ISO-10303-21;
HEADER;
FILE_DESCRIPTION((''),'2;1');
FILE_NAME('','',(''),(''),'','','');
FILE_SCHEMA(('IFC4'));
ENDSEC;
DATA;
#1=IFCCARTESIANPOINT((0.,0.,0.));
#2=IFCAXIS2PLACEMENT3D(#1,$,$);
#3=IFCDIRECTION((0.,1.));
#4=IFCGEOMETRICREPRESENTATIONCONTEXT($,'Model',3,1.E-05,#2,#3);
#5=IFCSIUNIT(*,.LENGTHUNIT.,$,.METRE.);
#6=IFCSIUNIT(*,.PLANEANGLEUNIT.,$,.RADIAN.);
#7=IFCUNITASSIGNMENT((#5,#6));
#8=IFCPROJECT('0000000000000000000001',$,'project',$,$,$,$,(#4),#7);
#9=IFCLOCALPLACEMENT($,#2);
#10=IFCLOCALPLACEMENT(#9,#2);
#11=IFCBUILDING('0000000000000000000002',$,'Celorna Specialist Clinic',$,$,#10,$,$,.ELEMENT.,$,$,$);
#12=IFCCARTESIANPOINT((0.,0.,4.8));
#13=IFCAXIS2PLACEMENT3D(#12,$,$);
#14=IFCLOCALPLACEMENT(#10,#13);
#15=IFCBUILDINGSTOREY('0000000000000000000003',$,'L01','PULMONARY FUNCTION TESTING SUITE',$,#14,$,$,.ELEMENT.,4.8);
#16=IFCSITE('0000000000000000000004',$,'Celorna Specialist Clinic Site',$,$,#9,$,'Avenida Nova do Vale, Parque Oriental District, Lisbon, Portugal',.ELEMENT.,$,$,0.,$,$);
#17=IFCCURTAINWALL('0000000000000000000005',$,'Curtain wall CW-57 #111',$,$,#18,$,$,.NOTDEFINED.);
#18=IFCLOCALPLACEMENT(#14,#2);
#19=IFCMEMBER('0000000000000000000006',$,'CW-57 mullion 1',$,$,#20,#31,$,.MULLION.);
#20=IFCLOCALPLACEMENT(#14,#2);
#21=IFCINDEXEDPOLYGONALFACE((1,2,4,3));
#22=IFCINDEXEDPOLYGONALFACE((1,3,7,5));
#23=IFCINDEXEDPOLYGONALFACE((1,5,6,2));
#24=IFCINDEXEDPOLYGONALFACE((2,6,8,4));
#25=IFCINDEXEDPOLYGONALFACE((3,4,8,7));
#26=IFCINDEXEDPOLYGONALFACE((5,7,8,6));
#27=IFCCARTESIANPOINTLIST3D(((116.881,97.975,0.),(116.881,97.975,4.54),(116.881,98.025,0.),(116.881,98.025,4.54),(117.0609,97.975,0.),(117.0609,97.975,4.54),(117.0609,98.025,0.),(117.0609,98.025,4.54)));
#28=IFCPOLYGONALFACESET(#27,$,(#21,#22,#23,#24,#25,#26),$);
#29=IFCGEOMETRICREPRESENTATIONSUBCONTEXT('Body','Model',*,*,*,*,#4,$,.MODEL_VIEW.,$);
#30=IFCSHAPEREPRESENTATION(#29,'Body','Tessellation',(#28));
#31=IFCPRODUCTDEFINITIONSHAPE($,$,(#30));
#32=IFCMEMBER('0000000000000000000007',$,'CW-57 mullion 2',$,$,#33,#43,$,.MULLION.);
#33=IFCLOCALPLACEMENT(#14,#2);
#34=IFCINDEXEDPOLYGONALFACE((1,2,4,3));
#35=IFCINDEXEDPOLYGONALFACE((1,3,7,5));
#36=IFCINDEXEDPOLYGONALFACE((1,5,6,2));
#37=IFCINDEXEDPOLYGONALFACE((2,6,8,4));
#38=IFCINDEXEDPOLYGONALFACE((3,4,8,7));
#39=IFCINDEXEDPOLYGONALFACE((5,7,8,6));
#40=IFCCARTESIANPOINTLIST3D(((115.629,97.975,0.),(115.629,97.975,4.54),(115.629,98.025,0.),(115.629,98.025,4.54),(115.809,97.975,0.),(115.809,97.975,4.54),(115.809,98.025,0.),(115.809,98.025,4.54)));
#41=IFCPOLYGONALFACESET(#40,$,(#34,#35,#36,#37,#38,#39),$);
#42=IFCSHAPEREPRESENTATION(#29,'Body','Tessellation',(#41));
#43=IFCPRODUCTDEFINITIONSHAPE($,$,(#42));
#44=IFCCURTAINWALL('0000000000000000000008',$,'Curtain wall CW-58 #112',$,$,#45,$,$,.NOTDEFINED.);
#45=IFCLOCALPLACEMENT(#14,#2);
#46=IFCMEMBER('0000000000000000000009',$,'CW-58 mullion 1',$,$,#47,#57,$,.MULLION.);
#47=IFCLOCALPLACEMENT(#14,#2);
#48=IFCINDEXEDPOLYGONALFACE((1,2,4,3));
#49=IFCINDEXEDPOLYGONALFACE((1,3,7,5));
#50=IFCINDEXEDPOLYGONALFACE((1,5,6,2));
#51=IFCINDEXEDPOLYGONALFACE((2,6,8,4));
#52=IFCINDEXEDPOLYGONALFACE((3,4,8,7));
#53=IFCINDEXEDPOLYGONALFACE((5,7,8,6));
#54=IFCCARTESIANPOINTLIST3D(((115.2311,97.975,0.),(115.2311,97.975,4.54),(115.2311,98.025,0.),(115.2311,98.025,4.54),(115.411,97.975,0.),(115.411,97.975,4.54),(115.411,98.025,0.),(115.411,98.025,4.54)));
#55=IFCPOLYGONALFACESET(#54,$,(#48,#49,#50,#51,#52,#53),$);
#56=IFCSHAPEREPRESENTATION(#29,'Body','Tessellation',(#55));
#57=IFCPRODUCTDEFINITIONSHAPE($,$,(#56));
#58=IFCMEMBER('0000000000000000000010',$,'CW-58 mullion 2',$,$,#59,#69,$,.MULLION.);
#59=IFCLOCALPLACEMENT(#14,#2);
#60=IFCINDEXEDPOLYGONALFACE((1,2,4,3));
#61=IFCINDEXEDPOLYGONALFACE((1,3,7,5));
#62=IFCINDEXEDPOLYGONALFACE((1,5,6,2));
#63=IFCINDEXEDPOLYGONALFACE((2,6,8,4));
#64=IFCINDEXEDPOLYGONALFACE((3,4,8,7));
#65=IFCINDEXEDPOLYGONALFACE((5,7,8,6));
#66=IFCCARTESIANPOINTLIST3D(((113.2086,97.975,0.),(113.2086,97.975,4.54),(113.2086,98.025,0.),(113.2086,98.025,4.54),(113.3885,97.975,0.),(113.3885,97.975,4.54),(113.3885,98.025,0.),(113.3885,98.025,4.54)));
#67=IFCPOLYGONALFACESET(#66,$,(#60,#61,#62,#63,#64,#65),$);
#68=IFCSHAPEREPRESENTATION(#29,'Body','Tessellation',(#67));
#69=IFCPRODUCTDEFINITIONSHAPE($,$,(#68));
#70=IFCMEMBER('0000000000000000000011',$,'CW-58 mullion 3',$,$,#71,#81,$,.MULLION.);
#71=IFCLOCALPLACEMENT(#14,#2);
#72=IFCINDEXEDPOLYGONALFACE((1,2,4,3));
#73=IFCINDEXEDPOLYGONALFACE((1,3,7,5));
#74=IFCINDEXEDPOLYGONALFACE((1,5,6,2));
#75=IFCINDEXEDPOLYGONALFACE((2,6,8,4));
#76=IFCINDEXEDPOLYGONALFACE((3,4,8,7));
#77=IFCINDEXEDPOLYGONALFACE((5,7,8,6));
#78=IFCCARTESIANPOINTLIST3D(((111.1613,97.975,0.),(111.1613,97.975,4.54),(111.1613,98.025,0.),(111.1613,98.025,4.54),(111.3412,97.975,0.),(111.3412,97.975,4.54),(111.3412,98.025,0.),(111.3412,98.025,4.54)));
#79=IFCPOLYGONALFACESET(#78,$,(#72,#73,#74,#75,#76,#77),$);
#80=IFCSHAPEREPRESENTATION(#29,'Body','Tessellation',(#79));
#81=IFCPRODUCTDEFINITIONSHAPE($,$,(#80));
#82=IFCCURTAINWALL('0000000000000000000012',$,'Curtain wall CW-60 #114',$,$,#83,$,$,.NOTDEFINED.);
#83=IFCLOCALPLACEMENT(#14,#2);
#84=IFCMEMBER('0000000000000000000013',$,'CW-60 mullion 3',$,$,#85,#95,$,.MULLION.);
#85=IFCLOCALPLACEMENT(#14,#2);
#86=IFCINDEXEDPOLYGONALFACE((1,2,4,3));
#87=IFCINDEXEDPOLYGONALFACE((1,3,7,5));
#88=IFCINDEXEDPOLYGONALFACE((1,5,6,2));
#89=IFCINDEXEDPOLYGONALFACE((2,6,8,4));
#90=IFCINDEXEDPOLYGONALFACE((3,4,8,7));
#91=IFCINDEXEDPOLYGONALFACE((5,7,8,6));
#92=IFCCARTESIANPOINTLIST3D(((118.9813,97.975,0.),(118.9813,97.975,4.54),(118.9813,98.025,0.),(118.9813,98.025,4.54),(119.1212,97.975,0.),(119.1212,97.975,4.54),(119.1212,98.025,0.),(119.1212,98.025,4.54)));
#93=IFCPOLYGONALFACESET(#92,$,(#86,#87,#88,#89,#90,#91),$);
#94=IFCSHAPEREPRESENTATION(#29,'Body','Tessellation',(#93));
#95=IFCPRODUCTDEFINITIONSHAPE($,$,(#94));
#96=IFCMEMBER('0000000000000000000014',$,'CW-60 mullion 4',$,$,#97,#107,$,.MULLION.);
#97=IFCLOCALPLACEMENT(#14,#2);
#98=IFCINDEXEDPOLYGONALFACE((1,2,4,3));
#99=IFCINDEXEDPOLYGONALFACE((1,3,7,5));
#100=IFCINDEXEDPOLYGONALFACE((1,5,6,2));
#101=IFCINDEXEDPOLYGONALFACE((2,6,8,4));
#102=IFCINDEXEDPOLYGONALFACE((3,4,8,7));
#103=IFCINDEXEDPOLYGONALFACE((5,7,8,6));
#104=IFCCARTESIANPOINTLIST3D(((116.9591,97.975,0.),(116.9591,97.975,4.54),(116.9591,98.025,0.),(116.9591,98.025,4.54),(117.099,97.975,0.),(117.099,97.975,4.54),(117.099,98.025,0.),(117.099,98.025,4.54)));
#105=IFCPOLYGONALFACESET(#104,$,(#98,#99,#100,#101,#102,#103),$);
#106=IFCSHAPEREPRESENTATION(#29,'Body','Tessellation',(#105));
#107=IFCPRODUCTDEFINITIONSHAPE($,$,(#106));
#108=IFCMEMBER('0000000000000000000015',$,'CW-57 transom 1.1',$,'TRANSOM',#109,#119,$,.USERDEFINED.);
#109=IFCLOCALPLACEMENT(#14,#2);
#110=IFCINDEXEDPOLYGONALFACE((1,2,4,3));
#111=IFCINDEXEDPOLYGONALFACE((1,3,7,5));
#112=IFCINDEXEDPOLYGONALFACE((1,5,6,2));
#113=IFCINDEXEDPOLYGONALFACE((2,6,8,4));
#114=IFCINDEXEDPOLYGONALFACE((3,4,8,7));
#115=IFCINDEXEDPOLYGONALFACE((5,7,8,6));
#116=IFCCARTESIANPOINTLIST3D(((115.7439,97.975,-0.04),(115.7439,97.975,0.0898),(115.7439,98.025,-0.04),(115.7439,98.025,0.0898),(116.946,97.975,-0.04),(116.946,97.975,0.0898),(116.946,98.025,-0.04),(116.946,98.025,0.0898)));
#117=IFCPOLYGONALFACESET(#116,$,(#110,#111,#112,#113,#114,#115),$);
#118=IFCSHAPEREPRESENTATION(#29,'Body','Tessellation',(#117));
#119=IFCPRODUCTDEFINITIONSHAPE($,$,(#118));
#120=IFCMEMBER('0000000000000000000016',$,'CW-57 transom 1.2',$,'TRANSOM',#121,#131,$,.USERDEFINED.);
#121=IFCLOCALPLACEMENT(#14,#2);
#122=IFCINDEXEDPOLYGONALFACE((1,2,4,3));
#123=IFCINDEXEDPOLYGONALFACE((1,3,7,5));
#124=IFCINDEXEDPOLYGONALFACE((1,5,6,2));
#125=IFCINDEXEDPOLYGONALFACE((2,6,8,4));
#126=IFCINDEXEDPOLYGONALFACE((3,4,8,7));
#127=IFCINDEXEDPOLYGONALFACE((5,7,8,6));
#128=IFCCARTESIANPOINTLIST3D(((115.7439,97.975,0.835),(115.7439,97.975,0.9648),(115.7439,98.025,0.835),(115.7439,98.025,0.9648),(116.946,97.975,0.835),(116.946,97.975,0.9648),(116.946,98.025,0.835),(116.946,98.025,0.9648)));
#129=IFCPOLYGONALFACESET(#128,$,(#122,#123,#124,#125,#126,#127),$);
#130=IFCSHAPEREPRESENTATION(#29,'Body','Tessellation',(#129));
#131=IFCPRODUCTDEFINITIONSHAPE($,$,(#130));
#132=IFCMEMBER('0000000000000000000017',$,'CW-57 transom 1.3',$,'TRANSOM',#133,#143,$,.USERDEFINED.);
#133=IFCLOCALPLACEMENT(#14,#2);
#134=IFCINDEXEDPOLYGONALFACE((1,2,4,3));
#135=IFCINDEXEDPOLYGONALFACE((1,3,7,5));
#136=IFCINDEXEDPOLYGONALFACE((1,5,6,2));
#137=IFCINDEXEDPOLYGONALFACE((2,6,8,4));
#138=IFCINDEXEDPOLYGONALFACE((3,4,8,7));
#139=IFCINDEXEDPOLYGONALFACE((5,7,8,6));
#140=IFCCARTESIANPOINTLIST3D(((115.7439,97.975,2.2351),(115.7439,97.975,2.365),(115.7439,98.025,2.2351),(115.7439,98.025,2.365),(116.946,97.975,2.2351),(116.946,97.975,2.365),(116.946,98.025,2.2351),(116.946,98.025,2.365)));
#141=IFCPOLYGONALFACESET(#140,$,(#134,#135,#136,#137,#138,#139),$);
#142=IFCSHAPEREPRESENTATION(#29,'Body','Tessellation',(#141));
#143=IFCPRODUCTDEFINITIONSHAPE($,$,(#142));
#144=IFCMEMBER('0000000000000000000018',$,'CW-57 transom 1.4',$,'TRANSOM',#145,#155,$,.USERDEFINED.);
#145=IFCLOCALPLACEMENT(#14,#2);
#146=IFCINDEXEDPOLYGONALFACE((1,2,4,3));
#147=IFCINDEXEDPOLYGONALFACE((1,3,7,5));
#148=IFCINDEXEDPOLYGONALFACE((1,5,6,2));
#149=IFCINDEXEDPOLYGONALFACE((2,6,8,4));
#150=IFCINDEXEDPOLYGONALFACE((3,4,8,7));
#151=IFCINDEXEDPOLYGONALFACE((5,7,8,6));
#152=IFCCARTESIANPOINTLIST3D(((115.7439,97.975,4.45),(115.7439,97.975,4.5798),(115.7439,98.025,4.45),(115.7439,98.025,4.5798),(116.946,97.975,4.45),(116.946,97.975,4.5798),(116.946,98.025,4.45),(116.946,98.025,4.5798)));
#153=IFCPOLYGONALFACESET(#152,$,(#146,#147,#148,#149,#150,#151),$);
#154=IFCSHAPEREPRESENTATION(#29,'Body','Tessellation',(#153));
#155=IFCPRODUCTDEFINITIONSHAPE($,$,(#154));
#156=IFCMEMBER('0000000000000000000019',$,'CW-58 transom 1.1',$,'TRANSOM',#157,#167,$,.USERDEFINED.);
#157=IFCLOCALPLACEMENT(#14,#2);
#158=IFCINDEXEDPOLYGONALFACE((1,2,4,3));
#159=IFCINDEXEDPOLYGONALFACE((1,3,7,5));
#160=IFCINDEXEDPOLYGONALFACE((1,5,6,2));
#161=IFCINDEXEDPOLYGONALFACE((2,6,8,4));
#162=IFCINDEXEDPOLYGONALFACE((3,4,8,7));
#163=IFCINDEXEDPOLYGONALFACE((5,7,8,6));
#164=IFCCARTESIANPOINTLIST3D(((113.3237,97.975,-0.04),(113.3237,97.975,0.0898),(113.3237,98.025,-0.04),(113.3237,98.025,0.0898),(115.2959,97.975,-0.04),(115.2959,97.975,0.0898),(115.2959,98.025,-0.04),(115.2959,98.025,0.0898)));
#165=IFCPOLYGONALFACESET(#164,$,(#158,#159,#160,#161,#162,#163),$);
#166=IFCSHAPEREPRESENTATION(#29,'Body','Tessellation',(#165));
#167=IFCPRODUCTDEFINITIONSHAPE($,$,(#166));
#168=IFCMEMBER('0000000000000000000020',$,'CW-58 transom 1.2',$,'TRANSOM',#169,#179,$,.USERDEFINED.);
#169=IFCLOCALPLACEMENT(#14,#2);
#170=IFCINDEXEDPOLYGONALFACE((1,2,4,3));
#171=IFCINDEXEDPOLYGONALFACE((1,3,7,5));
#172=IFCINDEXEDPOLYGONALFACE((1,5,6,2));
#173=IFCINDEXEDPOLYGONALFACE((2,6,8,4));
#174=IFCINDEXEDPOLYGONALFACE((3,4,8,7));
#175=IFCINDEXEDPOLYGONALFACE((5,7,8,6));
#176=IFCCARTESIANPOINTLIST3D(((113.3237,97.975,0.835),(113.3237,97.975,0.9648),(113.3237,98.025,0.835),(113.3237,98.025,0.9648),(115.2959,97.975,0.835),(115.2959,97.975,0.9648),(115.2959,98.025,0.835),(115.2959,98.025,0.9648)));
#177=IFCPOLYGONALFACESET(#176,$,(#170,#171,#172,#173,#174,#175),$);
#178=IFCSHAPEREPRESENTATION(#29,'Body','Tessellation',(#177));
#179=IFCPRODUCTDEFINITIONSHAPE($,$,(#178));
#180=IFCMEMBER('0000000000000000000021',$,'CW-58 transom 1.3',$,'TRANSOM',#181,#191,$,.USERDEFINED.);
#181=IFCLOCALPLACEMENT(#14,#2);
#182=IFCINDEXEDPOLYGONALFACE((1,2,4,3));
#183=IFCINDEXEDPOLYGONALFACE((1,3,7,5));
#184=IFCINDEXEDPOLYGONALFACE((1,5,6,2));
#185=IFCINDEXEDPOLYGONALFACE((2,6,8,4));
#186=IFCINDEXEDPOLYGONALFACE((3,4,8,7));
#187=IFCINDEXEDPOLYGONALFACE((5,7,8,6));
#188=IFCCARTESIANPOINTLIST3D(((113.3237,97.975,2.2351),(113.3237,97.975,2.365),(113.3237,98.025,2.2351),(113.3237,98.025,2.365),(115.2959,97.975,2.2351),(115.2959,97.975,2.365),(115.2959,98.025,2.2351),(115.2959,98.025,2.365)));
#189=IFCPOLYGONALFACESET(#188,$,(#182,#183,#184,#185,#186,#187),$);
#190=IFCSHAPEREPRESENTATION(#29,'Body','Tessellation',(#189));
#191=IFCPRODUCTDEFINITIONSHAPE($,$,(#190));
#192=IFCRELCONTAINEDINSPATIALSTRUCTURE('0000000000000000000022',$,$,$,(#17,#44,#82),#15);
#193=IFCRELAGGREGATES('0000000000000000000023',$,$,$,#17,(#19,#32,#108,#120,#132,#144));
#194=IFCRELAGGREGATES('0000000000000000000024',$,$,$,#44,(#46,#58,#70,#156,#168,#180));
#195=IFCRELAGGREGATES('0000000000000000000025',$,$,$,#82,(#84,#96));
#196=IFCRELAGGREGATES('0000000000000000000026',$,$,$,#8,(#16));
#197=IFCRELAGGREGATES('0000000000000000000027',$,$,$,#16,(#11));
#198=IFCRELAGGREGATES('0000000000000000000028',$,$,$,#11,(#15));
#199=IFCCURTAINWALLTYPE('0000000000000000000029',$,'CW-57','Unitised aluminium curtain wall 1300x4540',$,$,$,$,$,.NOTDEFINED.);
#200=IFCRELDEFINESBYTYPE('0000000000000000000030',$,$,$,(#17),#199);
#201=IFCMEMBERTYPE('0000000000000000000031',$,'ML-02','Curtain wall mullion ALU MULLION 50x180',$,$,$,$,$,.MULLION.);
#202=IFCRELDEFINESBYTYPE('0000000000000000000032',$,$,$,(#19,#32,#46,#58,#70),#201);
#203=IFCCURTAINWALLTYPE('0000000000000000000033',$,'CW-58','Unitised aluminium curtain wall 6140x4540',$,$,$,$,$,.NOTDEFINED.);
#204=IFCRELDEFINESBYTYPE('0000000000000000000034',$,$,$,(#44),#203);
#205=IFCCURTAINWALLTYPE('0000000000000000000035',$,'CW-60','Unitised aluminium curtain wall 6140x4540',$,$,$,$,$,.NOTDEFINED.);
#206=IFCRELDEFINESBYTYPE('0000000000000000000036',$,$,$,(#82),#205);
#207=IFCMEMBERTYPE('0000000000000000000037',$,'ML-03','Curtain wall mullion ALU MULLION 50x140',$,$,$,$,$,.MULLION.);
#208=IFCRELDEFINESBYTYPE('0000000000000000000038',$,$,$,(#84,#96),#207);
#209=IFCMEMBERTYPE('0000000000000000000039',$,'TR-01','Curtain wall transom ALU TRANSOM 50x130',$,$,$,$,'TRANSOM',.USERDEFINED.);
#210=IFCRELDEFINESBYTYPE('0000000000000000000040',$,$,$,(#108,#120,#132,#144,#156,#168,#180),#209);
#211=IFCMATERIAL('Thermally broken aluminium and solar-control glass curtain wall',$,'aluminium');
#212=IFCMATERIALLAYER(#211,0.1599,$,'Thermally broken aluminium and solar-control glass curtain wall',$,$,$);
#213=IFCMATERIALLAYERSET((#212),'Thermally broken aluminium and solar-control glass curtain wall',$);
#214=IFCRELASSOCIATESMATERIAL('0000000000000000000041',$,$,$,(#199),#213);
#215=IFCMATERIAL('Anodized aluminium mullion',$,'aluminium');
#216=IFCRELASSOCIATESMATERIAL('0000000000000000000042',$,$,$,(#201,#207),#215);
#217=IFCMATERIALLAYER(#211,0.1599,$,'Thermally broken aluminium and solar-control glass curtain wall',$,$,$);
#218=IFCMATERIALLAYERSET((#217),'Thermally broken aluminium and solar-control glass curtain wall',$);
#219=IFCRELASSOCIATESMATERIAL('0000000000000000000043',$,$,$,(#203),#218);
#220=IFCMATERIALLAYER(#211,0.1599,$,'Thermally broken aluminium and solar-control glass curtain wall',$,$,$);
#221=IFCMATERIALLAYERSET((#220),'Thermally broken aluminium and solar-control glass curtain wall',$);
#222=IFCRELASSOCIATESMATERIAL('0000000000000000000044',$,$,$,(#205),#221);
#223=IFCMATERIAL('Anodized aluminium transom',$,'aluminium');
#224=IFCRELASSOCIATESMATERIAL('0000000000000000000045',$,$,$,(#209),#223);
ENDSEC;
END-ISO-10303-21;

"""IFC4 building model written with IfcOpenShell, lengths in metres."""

from ifc_helpers import new_model, si_unit, direction, frame, origin, origin_2d, place, context, subcontext, project, spatial, rectangle, extrude, material, layer, layer_set, material_profile, profile_set, type_object, element, aggregate, save


model = new_model("IFC4")

# Units and contexts
model_context = context("Model", 3, precision=1e-05, world=origin(), true_north=direction((0.0, 1.0)))
body_context = subcontext(model_context, "Body", "Model", "MODEL_VIEW")
ifc_project = project(units=[si_unit("LENGTHUNIT", "METRE"), si_unit("PLANEANGLEUNIT", "RADIAN")], contexts=[model_context])

# Site, building, storey
site_placement = place(None, origin())
site = spatial("IfcSite", under=ifc_project, at=site_placement, Name="Celorna Specialist Clinic Site", LongName="Avenida Nova do Vale, Parque Oriental District, Lisbon, Portugal", CompositionType="ELEMENT", RefElevation=0.0)
building_placement = place(site_placement, origin())
building = spatial("IfcBuilding", under=site, at=building_placement, Name="Celorna Specialist Clinic", CompositionType="ELEMENT")
storey_placement = place(building_placement, frame((0.0, 0.0, 4.8)))
storey = spatial("IfcBuildingStorey", under=building, at=storey_placement, Name="L01", Description="PULMONARY FUNCTION TESTING SUITE", CompositionType="ELEMENT", Elevation=4.8)

# Curtain walls, members
ifc_material_1 = material(Name="Thermally broken aluminium and solar-control glass curtain wall", Category="aluminium")
ifc_layer_1 = layer(ifc_material_1, 0.1599, Name="Thermally broken aluminium and solar-control glass curtain wall")
ifc_layer_set_1 = layer_set([ifc_layer_1], Name="Thermally broken aluminium and solar-control glass curtain wall")
curtain_wall_type_1 = type_object("IfcCurtainWallType", Name="CW-57", Description="Unitised aluminium curtain wall 1300x4540", PredefinedType="NOTDEFINED", material=ifc_layer_set_1)
curtain_wall_1_placement = place(storey_placement, origin())
curtain_wall_1 = element("IfcCurtainWall", 1, at=curtain_wall_1_placement, inside=storey, type_object=curtain_wall_type_1, Name="Curtain wall CW-57 #111", PredefinedType="NOTDEFINED")
ifc_material_2 = material(Name="Anodized aluminium mullion", Category="aluminium")
ifc_material_profile_1 = material_profile(ifc_material_2, rectangle(XDim=0.05, YDim=0.1799, at=origin_2d()), Name="ALU MULLION 50x180")
ifc_profile_set_1 = profile_set([ifc_material_profile_1], Name="Anodized aluminium mullion")
member_type_1 = type_object("IfcMemberType", Name="ML-02", Description="Curtain wall mullion ALU MULLION 50x180", PredefinedType="MULLION", material=ifc_profile_set_1)
member_1_placement = place(storey_placement, frame((116.9709, 98.0, 0.0), z_axis=(0.0, 0.0, 1.0), x_axis=(0.0, -1.0, 0.0)))
member_1 = element("IfcMember", 2, at=member_1_placement, type_object=member_type_1, Name="CW-57 mullion 1", PredefinedType="MULLION", context=body_context, shape_type="SweptSolid", body=[
    extrude(rectangle(XDim=0.05, YDim=0.1799, at=origin_2d()), origin(), (0.0, 0.0, 1.0), 4.54),
])
member_2_placement = place(storey_placement, frame((115.719, 98.0, 0.0), z_axis=(0.0, 0.0, 1.0), x_axis=(0.0, -1.0, 0.0)))
member_2 = element("IfcMember", 3, at=member_2_placement, type_object=member_type_1, Name="CW-57 mullion 2", PredefinedType="MULLION", context=body_context, shape_type="SweptSolid", body=[
    extrude(rectangle(XDim=0.05, YDim=0.1799, at=origin_2d()), origin(), (0.0, 0.0, 1.0), 4.54),
])
ifc_layer_2 = layer(ifc_material_1, 0.1599, Name="Thermally broken aluminium and solar-control glass curtain wall")
ifc_layer_set_2 = layer_set([ifc_layer_2], Name="Thermally broken aluminium and solar-control glass curtain wall")
curtain_wall_type_2 = type_object("IfcCurtainWallType", Name="CW-58", Description="Unitised aluminium curtain wall 6140x4540", PredefinedType="NOTDEFINED", material=ifc_layer_set_2)
curtain_wall_2_placement = place(storey_placement, origin())
curtain_wall_2 = element("IfcCurtainWall", 4, at=curtain_wall_2_placement, inside=storey, type_object=curtain_wall_type_2, Name="Curtain wall CW-58 #112", PredefinedType="NOTDEFINED")
member_3_placement = place(storey_placement, frame((115.321, 98.0, 0.0), z_axis=(0.0, 0.0, 1.0), x_axis=(0.0, -1.0, 0.0)))
member_3 = element("IfcMember", 5, at=member_3_placement, type_object=member_type_1, Name="CW-58 mullion 1", PredefinedType="MULLION", context=body_context, shape_type="SweptSolid", body=[
    extrude(rectangle(XDim=0.05, YDim=0.1799, at=origin_2d()), origin(), (0.0, 0.0, 1.0), 4.54),
])
member_4_placement = place(storey_placement, frame((113.2986, 98.0, 0.0), z_axis=(0.0, 0.0, 1.0), x_axis=(0.0, -1.0, 0.0)))
member_4 = element("IfcMember", 6, at=member_4_placement, type_object=member_type_1, Name="CW-58 mullion 2", PredefinedType="MULLION", context=body_context, shape_type="SweptSolid", body=[
    extrude(rectangle(XDim=0.05, YDim=0.1799, at=origin_2d()), origin(), (0.0, 0.0, 1.0), 4.54),
])
member_5_placement = place(storey_placement, frame((111.2512, 98.0, 0.0), z_axis=(0.0, 0.0, 1.0), x_axis=(0.0, -1.0, 0.0)))
member_5 = element("IfcMember", 7, at=member_5_placement, type_object=member_type_1, Name="CW-58 mullion 3", PredefinedType="MULLION", context=body_context, shape_type="SweptSolid", body=[
    extrude(rectangle(XDim=0.05, YDim=0.1799, at=origin_2d()), origin(), (0.0, 0.0, 1.0), 4.54),
])
ifc_layer_3 = layer(ifc_material_1, 0.1599, Name="Thermally broken aluminium and solar-control glass curtain wall")
ifc_layer_set_3 = layer_set([ifc_layer_3], Name="Thermally broken aluminium and solar-control glass curtain wall")
curtain_wall_type_3 = type_object("IfcCurtainWallType", Name="CW-60", Description="Unitised aluminium curtain wall 6140x4540", PredefinedType="NOTDEFINED", material=ifc_layer_set_3)
curtain_wall_3_placement = place(storey_placement, origin())
curtain_wall_3 = element("IfcCurtainWall", 8, at=curtain_wall_3_placement, inside=storey, type_object=curtain_wall_type_3, Name="Curtain wall CW-60 #114", PredefinedType="NOTDEFINED")
ifc_material_profile_2 = material_profile(ifc_material_2, rectangle(XDim=0.05, YDim=0.1399, at=origin_2d()), Name="ALU MULLION 50x140")
ifc_profile_set_2 = profile_set([ifc_material_profile_2], Name="Anodized aluminium mullion")
member_type_2 = type_object("IfcMemberType", Name="ML-03", Description="Curtain wall mullion ALU MULLION 50x140", PredefinedType="MULLION", material=ifc_profile_set_2)
member_6_placement = place(storey_placement, frame((119.0513, 98.0, 0.0), z_axis=(0.0, 0.0, 1.0), x_axis=(0.0, -1.0, 0.0)))
member_6 = element("IfcMember", 9, at=member_6_placement, type_object=member_type_2, Name="CW-60 mullion 3", PredefinedType="MULLION", context=body_context, shape_type="SweptSolid", body=[
    extrude(rectangle(XDim=0.05, YDim=0.1399, at=origin_2d()), origin(), (0.0, 0.0, 1.0), 4.54),
])
member_7_placement = place(storey_placement, frame((117.0291, 98.0, 0.0), z_axis=(0.0, 0.0, 1.0), x_axis=(0.0, -1.0, 0.0)))
member_7 = element("IfcMember", 10, at=member_7_placement, type_object=member_type_2, Name="CW-60 mullion 4", PredefinedType="MULLION", context=body_context, shape_type="SweptSolid", body=[
    extrude(rectangle(XDim=0.05, YDim=0.1399, at=origin_2d()), origin(), (0.0, 0.0, 1.0), 4.54),
])

# Members
ifc_material_3 = material(Name="Anodized aluminium transom", Category="aluminium")
ifc_material_profile_3 = material_profile(ifc_material_3, rectangle(XDim=0.05, YDim=0.1299, at=origin_2d()), Name="ALU TRANSOM 50x130")
ifc_profile_set_3 = profile_set([ifc_material_profile_3], Name="Anodized aluminium transom")
member_type_3 = type_object("IfcMemberType", Name="TR-01", Description="Curtain wall transom ALU TRANSOM 50x130", ElementType="TRANSOM", PredefinedType="USERDEFINED", material=ifc_profile_set_3)
member_8_placement = place(storey_placement, frame((116.946, 98.0, 0.0249), z_axis=(-1.0, 0.0, 0.0), x_axis=(0.0, -1.0, 0.0)))
member_8 = element("IfcMember", 11, at=member_8_placement, type_object=member_type_3, Name="CW-57 transom 1.1", ObjectType="TRANSOM", PredefinedType="USERDEFINED", context=body_context, shape_type="SweptSolid", body=[
    extrude(rectangle(XDim=0.05, YDim=0.1299, at=origin_2d()), origin(), (0.0, 0.0, 1.0), 1.2021),
])
member_9_placement = place(storey_placement, frame((116.946, 98.0, 0.8999), z_axis=(-1.0, 0.0, 0.0), x_axis=(0.0, -1.0, 0.0)))
member_9 = element("IfcMember", 12, at=member_9_placement, type_object=member_type_3, Name="CW-57 transom 1.2", ObjectType="TRANSOM", PredefinedType="USERDEFINED", context=body_context, shape_type="SweptSolid", body=[
    extrude(rectangle(XDim=0.05, YDim=0.1299, at=origin_2d()), origin(), (0.0, 0.0, 1.0), 1.2021),
])
member_10_placement = place(storey_placement, frame((116.946, 98.0, 2.3), z_axis=(-1.0, 0.0, 0.0), x_axis=(0.0, -1.0, 0.0)))
member_10 = element("IfcMember", 13, at=member_10_placement, type_object=member_type_3, Name="CW-57 transom 1.3", ObjectType="TRANSOM", PredefinedType="USERDEFINED", context=body_context, shape_type="SweptSolid", body=[
    extrude(rectangle(XDim=0.05, YDim=0.1299, at=origin_2d()), origin(), (0.0, 0.0, 1.0), 1.2021),
])
member_11_placement = place(storey_placement, frame((116.946, 98.0, 4.5149), z_axis=(-1.0, 0.0, 0.0), x_axis=(0.0, -1.0, 0.0)))
member_11 = element("IfcMember", 14, at=member_11_placement, type_object=member_type_3, Name="CW-57 transom 1.4", ObjectType="TRANSOM", PredefinedType="USERDEFINED", context=body_context, shape_type="SweptSolid", body=[
    extrude(rectangle(XDim=0.05, YDim=0.1299, at=origin_2d()), origin(), (0.0, 0.0, 1.0), 1.2021),
])
member_12_placement = place(storey_placement, frame((115.2959, 98.0, 0.0249), z_axis=(-1.0, 0.0, 0.0), x_axis=(0.0, -1.0, 0.0)))
member_12 = element("IfcMember", 15, at=member_12_placement, type_object=member_type_3, Name="CW-58 transom 1.1", ObjectType="TRANSOM", PredefinedType="USERDEFINED", context=body_context, shape_type="SweptSolid", body=[
    extrude(rectangle(XDim=0.05, YDim=0.1299, at=origin_2d()), origin(), (0.0, 0.0, 1.0), 1.9722),
])
member_13_placement = place(storey_placement, frame((115.2959, 98.0, 0.8999), z_axis=(-1.0, 0.0, 0.0), x_axis=(0.0, -1.0, 0.0)))
member_13 = element("IfcMember", 16, at=member_13_placement, type_object=member_type_3, Name="CW-58 transom 1.2", ObjectType="TRANSOM", PredefinedType="USERDEFINED", context=body_context, shape_type="SweptSolid", body=[
    extrude(rectangle(XDim=0.05, YDim=0.1299, at=origin_2d()), origin(), (0.0, 0.0, 1.0), 1.9722),
])
member_14_placement = place(storey_placement, frame((115.2959, 98.0, 2.3), z_axis=(-1.0, 0.0, 0.0), x_axis=(0.0, -1.0, 0.0)))
member_14 = element("IfcMember", 17, at=member_14_placement, type_object=member_type_3, Name="CW-58 transom 1.3", ObjectType="TRANSOM", PredefinedType="USERDEFINED", context=body_context, shape_type="SweptSolid", body=[
    extrude(rectangle(XDim=0.05, YDim=0.1299, at=origin_2d()), origin(), (0.0, 0.0, 1.0), 1.9722),
])

aggregate(curtain_wall_1, [member_1, member_2, member_8, member_9, member_10, member_11])
aggregate(curtain_wall_2, [member_3, member_4, member_5, member_12, member_13, member_14])
aggregate(curtain_wall_3, [member_6, member_7])

save(model, "model.ifc")
